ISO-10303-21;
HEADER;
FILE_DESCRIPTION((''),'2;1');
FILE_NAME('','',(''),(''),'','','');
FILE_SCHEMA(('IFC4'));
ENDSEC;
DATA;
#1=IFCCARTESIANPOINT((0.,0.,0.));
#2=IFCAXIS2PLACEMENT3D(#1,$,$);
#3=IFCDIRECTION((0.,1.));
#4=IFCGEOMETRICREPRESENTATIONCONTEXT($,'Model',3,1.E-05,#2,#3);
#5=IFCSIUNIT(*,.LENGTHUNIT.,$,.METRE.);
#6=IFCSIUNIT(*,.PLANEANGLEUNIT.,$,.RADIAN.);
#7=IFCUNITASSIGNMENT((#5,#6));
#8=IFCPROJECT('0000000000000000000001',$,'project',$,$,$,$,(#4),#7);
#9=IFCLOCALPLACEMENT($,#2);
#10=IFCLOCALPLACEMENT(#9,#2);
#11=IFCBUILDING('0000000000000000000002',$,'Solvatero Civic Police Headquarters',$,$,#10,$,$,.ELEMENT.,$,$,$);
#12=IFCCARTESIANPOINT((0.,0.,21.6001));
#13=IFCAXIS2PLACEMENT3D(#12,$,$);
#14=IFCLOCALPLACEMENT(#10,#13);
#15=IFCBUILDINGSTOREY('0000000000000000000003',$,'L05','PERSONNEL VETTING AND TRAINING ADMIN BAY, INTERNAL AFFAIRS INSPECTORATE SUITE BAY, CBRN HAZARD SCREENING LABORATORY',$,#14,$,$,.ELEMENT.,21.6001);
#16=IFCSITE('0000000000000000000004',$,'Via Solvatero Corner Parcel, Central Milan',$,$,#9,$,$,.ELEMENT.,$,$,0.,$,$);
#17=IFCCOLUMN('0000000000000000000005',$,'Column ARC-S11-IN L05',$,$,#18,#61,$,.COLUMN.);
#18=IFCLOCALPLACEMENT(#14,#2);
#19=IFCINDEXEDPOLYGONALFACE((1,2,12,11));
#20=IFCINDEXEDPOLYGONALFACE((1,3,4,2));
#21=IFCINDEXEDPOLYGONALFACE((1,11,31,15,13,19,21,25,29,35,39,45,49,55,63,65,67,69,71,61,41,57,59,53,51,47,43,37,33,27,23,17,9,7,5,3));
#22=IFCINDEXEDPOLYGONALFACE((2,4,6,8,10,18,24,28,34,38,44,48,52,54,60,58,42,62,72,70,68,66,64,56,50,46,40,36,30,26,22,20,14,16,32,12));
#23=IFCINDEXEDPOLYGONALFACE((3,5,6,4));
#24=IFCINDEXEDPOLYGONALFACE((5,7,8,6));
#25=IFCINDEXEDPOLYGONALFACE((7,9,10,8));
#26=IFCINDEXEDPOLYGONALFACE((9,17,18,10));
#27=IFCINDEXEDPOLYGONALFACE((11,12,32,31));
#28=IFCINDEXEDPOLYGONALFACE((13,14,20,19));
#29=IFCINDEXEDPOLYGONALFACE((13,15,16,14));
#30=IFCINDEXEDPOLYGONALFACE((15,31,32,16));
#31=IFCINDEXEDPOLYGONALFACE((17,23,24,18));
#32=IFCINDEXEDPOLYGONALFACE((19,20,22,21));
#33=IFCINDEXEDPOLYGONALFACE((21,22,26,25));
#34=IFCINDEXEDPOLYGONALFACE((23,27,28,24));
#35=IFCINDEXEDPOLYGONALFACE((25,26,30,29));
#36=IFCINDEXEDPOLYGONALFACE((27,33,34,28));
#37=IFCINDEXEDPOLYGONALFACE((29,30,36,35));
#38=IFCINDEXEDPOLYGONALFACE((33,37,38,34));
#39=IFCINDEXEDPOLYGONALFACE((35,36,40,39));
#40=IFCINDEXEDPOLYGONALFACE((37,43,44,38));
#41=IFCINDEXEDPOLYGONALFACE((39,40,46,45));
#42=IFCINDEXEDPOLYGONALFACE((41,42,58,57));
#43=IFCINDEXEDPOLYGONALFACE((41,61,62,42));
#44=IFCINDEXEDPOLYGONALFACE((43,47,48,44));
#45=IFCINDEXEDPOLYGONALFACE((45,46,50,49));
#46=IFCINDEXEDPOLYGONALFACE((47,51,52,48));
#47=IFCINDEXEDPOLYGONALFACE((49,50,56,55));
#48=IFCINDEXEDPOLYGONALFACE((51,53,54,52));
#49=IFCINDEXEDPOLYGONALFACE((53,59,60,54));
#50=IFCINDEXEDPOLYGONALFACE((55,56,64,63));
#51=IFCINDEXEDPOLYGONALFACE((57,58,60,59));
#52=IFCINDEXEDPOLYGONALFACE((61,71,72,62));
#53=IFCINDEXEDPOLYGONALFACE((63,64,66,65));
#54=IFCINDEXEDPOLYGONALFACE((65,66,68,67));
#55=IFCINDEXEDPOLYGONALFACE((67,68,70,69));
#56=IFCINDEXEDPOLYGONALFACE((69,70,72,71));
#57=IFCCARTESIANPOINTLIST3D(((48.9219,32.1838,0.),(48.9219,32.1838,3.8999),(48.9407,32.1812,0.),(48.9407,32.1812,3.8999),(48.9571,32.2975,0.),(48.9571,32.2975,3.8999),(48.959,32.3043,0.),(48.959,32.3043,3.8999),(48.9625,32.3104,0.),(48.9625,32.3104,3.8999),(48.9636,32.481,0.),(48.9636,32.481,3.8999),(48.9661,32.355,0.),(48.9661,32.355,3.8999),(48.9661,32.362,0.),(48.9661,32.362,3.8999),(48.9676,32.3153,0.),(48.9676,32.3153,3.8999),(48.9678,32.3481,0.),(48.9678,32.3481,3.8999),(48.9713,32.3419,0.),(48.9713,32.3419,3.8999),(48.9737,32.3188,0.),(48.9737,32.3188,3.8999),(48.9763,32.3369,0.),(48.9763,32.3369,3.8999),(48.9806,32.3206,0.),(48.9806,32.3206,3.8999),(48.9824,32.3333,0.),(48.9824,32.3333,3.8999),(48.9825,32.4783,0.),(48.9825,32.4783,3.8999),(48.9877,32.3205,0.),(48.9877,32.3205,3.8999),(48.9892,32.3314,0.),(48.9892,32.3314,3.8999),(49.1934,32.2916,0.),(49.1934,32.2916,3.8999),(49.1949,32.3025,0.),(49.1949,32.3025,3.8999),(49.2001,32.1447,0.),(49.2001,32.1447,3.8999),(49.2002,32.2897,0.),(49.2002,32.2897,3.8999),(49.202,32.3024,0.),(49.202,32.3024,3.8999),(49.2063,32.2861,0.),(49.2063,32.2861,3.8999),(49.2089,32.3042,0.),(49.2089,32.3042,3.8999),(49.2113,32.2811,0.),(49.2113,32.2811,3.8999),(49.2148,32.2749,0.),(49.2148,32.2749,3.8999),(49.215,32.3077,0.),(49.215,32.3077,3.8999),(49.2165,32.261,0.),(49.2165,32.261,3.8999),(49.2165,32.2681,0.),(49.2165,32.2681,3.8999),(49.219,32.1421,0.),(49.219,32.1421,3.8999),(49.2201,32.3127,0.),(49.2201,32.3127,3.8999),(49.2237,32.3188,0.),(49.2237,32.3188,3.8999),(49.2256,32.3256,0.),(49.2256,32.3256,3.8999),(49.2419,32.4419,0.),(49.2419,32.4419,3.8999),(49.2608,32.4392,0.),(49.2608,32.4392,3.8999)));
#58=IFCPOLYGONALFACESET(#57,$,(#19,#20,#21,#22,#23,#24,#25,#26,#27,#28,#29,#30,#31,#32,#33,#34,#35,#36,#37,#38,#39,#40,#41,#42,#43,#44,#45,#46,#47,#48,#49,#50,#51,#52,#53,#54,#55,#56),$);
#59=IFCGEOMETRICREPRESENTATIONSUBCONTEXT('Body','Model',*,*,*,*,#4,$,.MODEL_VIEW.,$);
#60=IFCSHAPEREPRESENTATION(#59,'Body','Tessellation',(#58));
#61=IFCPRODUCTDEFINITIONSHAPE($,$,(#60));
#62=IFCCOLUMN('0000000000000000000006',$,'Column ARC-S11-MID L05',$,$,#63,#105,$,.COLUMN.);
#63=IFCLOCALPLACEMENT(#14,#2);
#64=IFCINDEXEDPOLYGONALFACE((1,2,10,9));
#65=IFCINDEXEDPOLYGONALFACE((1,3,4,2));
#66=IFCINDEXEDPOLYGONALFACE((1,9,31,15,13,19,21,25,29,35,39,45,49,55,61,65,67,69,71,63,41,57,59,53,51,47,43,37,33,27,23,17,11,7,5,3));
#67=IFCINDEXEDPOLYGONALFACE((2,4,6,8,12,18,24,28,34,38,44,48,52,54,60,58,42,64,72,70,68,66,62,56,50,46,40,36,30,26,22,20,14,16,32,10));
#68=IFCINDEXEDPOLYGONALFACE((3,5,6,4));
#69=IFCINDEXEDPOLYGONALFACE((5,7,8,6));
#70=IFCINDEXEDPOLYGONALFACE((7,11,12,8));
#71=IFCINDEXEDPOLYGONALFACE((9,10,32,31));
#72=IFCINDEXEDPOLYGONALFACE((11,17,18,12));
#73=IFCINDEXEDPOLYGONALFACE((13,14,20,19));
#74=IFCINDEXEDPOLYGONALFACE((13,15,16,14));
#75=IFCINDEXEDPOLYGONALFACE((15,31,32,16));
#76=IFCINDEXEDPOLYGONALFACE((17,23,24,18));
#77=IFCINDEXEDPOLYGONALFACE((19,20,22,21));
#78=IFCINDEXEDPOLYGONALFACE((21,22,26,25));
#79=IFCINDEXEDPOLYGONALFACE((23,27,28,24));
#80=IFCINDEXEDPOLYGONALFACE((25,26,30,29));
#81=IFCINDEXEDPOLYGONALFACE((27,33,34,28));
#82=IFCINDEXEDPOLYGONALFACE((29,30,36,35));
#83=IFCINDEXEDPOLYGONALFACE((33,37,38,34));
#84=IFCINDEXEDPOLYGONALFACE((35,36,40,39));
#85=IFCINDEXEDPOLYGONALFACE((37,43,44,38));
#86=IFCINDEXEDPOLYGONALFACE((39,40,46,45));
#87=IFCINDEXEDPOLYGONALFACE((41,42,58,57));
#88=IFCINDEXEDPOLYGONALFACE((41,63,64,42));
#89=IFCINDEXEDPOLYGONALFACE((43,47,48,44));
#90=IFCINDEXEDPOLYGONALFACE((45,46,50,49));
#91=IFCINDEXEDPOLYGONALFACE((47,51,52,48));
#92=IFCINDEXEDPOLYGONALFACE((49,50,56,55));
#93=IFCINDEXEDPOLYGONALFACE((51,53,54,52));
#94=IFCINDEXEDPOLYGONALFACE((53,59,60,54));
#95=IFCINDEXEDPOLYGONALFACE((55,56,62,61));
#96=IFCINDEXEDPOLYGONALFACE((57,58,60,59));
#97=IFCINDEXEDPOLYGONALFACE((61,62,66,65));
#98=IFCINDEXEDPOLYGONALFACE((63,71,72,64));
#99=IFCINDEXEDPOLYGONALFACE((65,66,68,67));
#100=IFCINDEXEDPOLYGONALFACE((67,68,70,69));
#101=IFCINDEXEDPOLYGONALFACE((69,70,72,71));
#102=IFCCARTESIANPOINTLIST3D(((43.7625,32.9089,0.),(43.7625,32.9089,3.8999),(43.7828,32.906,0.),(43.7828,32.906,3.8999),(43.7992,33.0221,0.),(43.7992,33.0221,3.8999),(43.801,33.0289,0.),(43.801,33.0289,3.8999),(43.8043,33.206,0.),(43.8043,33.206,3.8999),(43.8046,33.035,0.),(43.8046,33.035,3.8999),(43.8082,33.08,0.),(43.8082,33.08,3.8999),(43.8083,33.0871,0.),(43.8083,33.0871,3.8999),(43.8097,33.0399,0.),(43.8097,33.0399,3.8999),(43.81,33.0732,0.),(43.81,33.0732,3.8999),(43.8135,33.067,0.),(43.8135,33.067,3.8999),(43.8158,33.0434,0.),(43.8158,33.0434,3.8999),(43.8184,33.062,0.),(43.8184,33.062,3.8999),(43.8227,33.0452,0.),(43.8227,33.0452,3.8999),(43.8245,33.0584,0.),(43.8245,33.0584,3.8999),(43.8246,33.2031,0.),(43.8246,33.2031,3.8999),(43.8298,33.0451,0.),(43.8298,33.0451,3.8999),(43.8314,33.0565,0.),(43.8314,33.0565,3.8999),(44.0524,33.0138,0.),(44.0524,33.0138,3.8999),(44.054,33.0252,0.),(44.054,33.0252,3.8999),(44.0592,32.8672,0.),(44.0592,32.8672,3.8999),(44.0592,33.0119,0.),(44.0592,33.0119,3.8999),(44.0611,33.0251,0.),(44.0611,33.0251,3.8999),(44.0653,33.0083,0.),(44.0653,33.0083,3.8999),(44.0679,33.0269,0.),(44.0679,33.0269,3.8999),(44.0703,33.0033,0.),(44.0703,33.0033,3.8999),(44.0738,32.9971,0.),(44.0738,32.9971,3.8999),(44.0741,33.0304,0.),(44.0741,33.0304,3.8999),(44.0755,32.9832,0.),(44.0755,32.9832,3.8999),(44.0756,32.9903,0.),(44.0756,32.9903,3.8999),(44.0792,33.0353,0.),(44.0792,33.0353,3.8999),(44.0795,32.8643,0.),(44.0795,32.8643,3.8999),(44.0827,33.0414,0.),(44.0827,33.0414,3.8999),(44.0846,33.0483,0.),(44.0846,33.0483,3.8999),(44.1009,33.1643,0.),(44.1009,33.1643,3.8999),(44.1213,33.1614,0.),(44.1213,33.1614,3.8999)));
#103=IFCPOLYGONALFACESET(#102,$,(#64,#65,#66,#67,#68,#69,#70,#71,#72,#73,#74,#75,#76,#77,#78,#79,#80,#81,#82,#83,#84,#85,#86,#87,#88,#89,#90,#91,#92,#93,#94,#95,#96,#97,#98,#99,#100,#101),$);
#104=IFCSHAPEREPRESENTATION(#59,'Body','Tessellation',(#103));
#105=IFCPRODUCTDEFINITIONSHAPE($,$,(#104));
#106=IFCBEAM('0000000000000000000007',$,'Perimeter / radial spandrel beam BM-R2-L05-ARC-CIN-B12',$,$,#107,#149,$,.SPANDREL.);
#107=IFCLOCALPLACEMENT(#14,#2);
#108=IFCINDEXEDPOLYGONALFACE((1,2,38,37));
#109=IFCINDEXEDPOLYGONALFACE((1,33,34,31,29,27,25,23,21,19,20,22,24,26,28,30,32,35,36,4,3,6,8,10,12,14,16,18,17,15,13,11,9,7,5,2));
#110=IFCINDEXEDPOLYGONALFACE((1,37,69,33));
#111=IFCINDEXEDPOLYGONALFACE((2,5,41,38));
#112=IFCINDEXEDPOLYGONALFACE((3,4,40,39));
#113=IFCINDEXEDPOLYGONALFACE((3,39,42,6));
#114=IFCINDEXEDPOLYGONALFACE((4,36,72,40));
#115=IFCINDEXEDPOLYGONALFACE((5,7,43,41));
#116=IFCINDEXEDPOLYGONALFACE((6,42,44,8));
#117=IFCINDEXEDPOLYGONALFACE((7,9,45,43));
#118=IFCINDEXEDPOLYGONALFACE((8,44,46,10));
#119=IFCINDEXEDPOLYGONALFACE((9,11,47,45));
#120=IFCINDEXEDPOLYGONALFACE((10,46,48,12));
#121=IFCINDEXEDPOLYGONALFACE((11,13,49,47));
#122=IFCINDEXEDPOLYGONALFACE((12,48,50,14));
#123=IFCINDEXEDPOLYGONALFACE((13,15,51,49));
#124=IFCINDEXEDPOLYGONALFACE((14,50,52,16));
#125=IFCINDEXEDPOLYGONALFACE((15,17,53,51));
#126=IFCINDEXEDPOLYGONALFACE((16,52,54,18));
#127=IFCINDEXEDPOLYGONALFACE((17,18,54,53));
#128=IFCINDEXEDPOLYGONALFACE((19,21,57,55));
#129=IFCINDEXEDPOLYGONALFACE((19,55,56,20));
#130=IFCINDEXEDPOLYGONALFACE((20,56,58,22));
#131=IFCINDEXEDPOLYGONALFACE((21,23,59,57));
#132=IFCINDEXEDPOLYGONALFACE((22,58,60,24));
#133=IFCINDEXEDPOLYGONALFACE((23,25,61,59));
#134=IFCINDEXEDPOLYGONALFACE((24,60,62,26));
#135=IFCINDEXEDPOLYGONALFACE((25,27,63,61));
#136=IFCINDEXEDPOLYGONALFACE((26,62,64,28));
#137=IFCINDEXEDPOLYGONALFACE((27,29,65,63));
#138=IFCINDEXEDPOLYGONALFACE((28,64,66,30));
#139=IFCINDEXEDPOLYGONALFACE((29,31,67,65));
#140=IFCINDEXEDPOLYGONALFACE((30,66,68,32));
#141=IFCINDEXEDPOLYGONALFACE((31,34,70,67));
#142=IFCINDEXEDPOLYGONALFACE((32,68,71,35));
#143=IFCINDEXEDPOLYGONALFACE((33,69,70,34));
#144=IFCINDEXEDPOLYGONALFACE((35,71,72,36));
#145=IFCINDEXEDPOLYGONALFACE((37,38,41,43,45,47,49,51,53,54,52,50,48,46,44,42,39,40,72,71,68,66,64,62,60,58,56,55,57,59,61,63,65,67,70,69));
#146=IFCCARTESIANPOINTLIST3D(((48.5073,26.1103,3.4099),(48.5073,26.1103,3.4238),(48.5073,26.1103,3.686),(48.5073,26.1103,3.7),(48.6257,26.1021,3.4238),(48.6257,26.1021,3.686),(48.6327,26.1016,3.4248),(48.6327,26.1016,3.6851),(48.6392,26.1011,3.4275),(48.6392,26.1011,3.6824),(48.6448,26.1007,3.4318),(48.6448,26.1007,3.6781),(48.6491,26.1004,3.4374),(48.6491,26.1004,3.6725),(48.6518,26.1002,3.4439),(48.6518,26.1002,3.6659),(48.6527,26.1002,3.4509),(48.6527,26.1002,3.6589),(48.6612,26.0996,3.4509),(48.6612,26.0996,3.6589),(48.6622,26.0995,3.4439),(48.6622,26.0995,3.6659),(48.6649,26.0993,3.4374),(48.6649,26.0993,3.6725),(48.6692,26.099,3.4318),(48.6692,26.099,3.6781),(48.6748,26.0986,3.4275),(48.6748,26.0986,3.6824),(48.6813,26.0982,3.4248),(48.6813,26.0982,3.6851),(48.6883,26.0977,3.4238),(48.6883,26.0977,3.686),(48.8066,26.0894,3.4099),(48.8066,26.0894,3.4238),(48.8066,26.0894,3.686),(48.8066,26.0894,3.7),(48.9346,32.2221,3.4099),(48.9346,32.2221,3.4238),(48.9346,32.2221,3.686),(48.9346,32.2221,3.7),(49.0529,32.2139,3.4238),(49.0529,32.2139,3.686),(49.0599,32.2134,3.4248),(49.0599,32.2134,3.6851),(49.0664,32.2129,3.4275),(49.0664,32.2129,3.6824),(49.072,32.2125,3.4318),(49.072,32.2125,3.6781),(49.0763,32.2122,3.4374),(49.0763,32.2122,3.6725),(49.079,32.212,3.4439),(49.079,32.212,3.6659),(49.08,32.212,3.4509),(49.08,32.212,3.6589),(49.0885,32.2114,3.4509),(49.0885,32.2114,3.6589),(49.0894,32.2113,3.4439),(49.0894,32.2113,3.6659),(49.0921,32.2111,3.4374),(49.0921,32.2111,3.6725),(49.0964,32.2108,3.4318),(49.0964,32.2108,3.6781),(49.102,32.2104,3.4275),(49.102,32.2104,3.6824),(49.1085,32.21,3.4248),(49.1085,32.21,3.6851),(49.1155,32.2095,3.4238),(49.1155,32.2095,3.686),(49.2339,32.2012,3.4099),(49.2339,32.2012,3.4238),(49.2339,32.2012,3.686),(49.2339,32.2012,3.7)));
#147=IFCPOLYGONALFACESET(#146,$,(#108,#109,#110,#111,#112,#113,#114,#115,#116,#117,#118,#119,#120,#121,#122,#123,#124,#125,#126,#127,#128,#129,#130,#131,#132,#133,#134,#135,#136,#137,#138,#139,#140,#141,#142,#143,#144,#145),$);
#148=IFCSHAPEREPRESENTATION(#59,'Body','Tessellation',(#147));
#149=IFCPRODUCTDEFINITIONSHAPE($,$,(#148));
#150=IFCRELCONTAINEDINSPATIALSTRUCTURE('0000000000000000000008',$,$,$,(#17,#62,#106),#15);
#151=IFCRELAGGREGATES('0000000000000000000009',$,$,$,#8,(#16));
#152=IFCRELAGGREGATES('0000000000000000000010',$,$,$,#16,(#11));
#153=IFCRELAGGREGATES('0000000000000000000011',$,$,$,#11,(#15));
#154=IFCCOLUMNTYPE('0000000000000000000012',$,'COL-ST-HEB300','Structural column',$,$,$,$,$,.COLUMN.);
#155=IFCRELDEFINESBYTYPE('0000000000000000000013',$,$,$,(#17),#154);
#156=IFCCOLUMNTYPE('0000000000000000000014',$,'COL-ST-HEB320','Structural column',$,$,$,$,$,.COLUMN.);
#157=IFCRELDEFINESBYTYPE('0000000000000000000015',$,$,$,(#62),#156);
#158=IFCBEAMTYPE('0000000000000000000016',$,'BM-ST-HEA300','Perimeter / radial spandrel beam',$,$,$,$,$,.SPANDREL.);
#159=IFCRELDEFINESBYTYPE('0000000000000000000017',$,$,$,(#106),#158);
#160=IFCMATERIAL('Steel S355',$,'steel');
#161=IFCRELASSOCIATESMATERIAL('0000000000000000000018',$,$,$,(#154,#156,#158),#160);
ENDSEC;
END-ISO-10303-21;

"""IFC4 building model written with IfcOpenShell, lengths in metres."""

from ifc_helpers import new_model, si_unit, direction, frame, origin, origin_2d, place, context, subcontext, project, spatial, i_section, extrude, material, material_profile, profile_set, type_object, element, save


model = new_model("IFC4")

# Units and contexts
model_context = context("Model", 3, precision=1e-05, world=origin(), true_north=direction((0.0, 1.0)))
body_context = subcontext(model_context, "Body", "Model", "MODEL_VIEW")
ifc_project = project(units=[si_unit("LENGTHUNIT", "METRE"), si_unit("PLANEANGLEUNIT", "RADIAN")], contexts=[model_context])

# Site, building, storey
site_placement = place(None, origin())
site = spatial("IfcSite", under=ifc_project, at=site_placement, Name="Via Solvatero Corner Parcel, Central Milan", CompositionType="ELEMENT", RefElevation=0.0)
building_placement = place(site_placement, origin())
building = spatial("IfcBuilding", under=site, at=building_placement, Name="Solvatero Civic Police Headquarters", CompositionType="ELEMENT")
storey_placement = place(building_placement, frame((0.0, 0.0, 21.6001)))
storey = spatial("IfcBuildingStorey", under=building, at=storey_placement, Name="L05", Description="PERSONNEL VETTING AND TRAINING ADMIN BAY, INTERNAL AFFAIRS INSPECTORATE SUITE BAY, CBRN HAZARD SCREENING LABORATORY", CompositionType="ELEMENT", Elevation=21.6001)

# Columns
ifc_material_1 = material(Name="Steel S355", Category="steel")
ifc_material_profile_1 = material_profile(ifc_material_1, i_section(OverallWidth=0.3, OverallDepth=0.3, WebThickness=0.011, FlangeThickness=0.019, FilletRadius=0.0271, at=origin_2d()), Name="HEB 300")
ifc_profile_set_1 = profile_set([ifc_material_profile_1], Name="Steel S355")
column_type_1 = type_object("IfcColumnType", Name="COL-ST-HEB300", Description="Structural column", PredefinedType="COLUMN", material=ifc_profile_set_1)
column_1_placement = place(storey_placement, frame((49.0913, 32.3115, 0.0), z_axis=(0.0, 0.0, 1.0), x_axis=(0.139173, 0.990268, 0.0)))
element("IfcColumn", 1, at=column_1_placement, inside=storey, type_object=column_type_1, Name="Column ARC-S11-IN L05", PredefinedType="COLUMN", context=body_context, shape_type="SweptSolid", body=[
    extrude(i_section(OverallWidth=0.3, OverallDepth=0.3, WebThickness=0.011, FlangeThickness=0.019, FilletRadius=0.0271, at=origin_2d()), origin(), (0.0, 0.0, 1.0), 3.8999),
])
ifc_material_profile_2 = material_profile(ifc_material_1, i_section(OverallWidth=0.3, OverallDepth=0.3201, WebThickness=0.0115, FlangeThickness=0.0205, FilletRadius=0.0271, at=origin_2d()), Name="HEB 320")
ifc_profile_set_2 = profile_set([ifc_material_profile_2], Name="Steel S355")
column_type_2 = type_object("IfcColumnType", Name="COL-ST-HEB320", Description="Structural column", PredefinedType="COLUMN", material=ifc_profile_set_2)
column_2_placement = place(storey_placement, frame((43.9419, 33.0352, 0.0), z_axis=(0.0, 0.0, 1.0), x_axis=(0.139173, 0.990268, 0.0)))
element("IfcColumn", 2, at=column_2_placement, inside=storey, type_object=column_type_2, Name="Column ARC-S11-MID L05", PredefinedType="COLUMN", context=body_context, shape_type="SweptSolid", body=[
    extrude(i_section(OverallWidth=0.3, OverallDepth=0.3201, WebThickness=0.0115, FlangeThickness=0.0205, FilletRadius=0.0271, at=origin_2d()), origin(), (0.0, 0.0, 1.0), 3.8999),
])

# Beam
ifc_material_profile_3 = material_profile(ifc_material_1, i_section(OverallWidth=0.3, OverallDepth=0.29, WebThickness=0.0085, FlangeThickness=0.0139, FilletRadius=0.0271, at=origin_2d()), Name="HEA 300")
ifc_profile_set_3 = profile_set([ifc_material_profile_3], Name="Steel S355")
beam_type_1 = type_object("IfcBeamType", Name="BM-ST-HEA300", Description="Perimeter / radial spandrel beam", PredefinedType="SPANDREL", material=ifc_profile_set_3)
beam_1_placement = place(storey_placement, frame((49.0842, 32.2117, 3.5549), z_axis=(-0.069735, -0.997566, 0.0), x_axis=(0.997566, -0.069735, 0.0)))
element("IfcBeam", 3, at=beam_1_placement, inside=storey, type_object=beam_type_1, Name="Perimeter / radial spandrel beam BM-R2-L05-ARC-CIN-B12", PredefinedType="SPANDREL", context=body_context, shape_type="SweptSolid", body=[
    extrude(i_section(OverallWidth=0.3, OverallDepth=0.29, WebThickness=0.0085, FlangeThickness=0.0139, FilletRadius=0.0271, at=origin_2d()), origin(), (0.0, 0.0, 1.0), 6.1267),
])

save(model, "model.ifc")
